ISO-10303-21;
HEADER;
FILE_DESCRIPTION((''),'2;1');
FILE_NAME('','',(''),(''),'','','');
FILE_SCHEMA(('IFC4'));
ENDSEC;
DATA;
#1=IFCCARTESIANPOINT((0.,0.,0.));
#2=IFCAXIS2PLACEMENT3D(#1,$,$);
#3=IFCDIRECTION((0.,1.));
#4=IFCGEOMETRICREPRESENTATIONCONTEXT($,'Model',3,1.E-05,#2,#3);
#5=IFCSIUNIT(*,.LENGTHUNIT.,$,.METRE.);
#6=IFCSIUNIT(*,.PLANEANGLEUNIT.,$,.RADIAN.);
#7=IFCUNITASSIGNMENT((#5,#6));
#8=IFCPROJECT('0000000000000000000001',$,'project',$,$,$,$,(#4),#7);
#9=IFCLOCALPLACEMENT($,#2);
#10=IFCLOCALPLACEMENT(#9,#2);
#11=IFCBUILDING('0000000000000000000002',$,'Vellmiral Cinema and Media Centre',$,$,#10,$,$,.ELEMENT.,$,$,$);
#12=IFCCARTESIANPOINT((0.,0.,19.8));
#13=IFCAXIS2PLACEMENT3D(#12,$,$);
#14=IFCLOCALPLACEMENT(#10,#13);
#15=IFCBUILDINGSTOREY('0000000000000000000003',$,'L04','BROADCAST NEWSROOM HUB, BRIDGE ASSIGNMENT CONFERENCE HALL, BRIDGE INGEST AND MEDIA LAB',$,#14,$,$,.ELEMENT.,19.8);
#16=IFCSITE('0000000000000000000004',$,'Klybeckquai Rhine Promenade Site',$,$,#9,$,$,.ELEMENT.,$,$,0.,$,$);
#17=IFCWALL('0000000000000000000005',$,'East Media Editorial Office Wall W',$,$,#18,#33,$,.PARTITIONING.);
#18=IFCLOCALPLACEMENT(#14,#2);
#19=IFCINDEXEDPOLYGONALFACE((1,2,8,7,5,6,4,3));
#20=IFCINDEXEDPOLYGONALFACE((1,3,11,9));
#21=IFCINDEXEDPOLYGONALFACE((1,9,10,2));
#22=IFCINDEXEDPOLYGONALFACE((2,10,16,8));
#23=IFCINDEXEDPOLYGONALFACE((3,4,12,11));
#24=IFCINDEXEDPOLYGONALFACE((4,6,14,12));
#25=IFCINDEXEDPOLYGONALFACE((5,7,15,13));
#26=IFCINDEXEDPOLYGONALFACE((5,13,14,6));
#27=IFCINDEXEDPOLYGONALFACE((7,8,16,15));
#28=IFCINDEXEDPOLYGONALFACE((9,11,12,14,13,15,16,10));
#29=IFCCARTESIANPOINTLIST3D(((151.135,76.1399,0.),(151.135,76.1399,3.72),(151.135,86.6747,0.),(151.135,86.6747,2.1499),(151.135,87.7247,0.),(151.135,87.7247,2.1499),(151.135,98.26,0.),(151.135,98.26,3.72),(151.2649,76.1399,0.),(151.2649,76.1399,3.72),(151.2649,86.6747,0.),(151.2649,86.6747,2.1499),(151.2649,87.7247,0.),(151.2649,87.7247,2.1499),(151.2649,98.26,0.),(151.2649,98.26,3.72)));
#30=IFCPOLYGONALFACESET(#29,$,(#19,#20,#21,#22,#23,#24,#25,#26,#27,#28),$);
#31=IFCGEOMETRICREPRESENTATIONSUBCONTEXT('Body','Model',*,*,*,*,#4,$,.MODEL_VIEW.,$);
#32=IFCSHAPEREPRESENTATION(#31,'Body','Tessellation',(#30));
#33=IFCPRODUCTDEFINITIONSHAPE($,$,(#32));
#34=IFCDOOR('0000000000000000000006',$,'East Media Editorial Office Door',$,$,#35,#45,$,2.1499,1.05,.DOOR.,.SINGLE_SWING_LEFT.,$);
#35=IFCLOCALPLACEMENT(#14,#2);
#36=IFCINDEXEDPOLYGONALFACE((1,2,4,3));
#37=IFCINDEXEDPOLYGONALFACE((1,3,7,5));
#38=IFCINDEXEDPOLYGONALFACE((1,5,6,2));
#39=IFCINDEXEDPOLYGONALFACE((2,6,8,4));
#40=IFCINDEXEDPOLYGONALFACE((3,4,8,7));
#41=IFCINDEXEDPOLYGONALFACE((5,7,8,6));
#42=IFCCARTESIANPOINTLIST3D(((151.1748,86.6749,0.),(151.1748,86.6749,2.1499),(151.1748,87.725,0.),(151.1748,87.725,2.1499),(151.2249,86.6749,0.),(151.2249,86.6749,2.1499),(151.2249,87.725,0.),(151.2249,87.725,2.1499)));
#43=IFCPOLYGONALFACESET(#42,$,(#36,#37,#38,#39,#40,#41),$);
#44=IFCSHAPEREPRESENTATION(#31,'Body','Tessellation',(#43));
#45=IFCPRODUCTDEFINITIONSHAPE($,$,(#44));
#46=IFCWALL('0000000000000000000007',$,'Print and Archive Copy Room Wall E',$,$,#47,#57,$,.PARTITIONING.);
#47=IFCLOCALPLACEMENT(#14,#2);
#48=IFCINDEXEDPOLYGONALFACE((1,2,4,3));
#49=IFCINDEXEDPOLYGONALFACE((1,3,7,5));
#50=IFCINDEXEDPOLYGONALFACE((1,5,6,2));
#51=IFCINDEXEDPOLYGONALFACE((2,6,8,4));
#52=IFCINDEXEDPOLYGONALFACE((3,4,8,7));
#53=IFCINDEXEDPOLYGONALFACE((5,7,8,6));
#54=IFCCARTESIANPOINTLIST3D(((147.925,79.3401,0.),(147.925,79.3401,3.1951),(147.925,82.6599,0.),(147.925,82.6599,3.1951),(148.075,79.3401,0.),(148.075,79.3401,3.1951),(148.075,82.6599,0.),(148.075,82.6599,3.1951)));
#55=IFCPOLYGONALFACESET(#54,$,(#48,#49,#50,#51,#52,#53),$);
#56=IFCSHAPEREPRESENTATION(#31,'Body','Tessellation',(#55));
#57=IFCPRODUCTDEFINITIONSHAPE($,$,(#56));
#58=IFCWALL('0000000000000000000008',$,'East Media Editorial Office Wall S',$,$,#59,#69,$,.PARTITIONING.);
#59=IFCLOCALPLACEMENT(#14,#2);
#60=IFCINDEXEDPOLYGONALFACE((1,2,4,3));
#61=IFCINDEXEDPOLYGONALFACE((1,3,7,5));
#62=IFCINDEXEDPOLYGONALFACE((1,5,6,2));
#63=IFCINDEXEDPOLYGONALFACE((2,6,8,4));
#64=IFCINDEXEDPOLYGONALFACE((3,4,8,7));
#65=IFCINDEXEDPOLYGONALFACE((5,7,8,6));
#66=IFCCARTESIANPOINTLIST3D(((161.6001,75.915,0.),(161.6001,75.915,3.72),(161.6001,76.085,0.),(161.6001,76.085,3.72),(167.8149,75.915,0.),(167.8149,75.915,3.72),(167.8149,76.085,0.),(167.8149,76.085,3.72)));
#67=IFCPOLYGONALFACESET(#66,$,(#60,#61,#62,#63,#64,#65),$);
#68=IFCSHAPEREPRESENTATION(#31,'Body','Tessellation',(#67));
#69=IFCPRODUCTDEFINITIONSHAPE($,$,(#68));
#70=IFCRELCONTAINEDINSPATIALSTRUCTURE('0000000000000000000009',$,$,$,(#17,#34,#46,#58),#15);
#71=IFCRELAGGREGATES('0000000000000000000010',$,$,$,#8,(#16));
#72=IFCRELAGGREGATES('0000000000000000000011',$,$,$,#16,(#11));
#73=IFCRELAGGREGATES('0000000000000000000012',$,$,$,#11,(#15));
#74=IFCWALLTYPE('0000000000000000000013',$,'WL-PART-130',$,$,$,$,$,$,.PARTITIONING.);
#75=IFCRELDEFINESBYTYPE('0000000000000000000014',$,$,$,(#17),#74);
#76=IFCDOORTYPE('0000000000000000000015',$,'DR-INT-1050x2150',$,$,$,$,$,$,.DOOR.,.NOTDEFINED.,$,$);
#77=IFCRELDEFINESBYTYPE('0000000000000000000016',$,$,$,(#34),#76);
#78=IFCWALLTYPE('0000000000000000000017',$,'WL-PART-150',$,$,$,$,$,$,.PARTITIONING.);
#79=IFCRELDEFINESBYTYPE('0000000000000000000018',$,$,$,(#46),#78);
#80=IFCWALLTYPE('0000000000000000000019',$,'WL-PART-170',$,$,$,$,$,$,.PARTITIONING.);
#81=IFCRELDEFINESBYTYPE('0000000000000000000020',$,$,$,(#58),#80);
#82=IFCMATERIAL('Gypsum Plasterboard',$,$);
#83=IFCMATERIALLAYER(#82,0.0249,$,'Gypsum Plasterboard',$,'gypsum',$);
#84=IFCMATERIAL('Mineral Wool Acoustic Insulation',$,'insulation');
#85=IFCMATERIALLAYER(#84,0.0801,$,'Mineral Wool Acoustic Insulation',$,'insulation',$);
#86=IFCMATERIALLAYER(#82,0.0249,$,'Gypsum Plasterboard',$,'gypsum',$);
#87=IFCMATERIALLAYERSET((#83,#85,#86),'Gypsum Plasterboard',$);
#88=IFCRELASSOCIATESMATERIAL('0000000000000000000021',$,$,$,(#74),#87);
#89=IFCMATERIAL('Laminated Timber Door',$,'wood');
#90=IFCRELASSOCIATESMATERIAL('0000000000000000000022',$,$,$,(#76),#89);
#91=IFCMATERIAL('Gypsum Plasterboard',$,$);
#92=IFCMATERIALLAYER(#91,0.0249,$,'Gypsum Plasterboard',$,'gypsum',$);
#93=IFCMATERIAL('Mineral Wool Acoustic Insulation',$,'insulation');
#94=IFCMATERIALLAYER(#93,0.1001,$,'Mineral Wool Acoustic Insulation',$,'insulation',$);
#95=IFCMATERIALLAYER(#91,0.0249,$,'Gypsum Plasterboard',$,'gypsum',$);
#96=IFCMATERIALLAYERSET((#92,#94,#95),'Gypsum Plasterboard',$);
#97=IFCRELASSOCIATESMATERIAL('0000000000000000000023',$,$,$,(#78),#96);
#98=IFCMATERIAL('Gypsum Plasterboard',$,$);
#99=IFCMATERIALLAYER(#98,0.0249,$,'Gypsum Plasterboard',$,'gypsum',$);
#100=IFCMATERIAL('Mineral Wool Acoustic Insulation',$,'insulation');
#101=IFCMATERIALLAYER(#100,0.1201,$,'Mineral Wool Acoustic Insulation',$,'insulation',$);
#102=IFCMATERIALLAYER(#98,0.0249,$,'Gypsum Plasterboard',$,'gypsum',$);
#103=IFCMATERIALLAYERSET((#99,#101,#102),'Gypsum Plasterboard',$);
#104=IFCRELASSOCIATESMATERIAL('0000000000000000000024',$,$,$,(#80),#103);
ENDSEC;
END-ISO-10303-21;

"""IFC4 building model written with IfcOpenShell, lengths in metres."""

from ifc_helpers import new_model, si_unit, direction, frame, frame_2d, origin, place, context, subcontext, project, spatial, rectangle, extrude, material, layer, layer_set, type_object, element, fill, save


model = new_model("IFC4")

# Units and contexts
model_context = context("Model", 3, precision=1e-05, world=origin(), true_north=direction((0.0, 1.0)))
body_context = subcontext(model_context, "Body", "Model", "MODEL_VIEW")
ifc_project = project(units=[si_unit("LENGTHUNIT", "METRE"), si_unit("PLANEANGLEUNIT", "RADIAN")], contexts=[model_context])

# Site, building, storey
site_placement = place(None, origin())
site = spatial("IfcSite", under=ifc_project, at=site_placement, Name="Klybeckquai Rhine Promenade Site", CompositionType="ELEMENT", RefElevation=0.0)
building_placement = place(site_placement, origin())
building = spatial("IfcBuilding", under=site, at=building_placement, Name="Vellmiral Cinema and Media Centre", CompositionType="ELEMENT")
storey_placement = place(building_placement, frame((0.0, 0.0, 19.8)))
storey = spatial("IfcBuildingStorey", under=building, at=storey_placement, Name="L04", Description="BROADCAST NEWSROOM HUB, BRIDGE ASSIGNMENT CONFERENCE HALL, BRIDGE INGEST AND MEDIA LAB", CompositionType="ELEMENT", Elevation=19.8)

# Wall, opening, door
ifc_material_1 = material(Name="Gypsum Plasterboard")
ifc_layer_1 = layer(ifc_material_1, 0.0249, Name="Gypsum Plasterboard", Category="gypsum")
ifc_material_2 = material(Name="Mineral Wool Acoustic Insulation", Category="insulation")
ifc_layer_2 = layer(ifc_material_2, 0.0801, Name="Mineral Wool Acoustic Insulation", Category="insulation")
ifc_layer_3 = layer(ifc_material_1, 0.0249, Name="Gypsum Plasterboard", Category="gypsum")
ifc_layer_set_1 = layer_set([ifc_layer_1, ifc_layer_2, ifc_layer_3], Name="Gypsum Plasterboard")
wall_type_1 = type_object("IfcWallType", Name="WL-PART-130", PredefinedType="PARTITIONING", material=ifc_layer_set_1)
wall_1_placement = place(storey_placement, frame((151.2, 76.1399, 0.0), z_axis=(0.0, 0.0, 1.0), x_axis=(0.0, 1.0, 0.0)))
wall_1 = element("IfcWall", 1, at=wall_1_placement, inside=storey, type_object=wall_type_1, Name="East Media Editorial Office Wall W", PredefinedType="PARTITIONING", context=body_context, shape_type="SweptSolid", body=[
    extrude(rectangle(XDim=22.1201, YDim=0.1299, at=frame_2d((11.0601, 0.0))), origin(), (0.0, 0.0, 1.0), 3.72),
])
opening_1_placement = place(wall_1_placement, frame((10.5349, 0.0, 0.0)))
opening_1 = element("IfcOpeningElement", 2, at=opening_1_placement, cuts=wall_1, PredefinedType="OPENING", context=body_context, shape_type="SweptSolid", body=[
    extrude(rectangle(XDim=1.05, YDim=2.1499, at=frame_2d((0.5249, 1.075))), frame((0.0, 0.0769, 0.0), z_axis=(0.0, -1.0, 0.0), x_axis=(1.0, 0.0, 0.0)), (0.0, 0.0, 1.0), 0.1538),
])
ifc_material_3 = material(Name="Laminated Timber Door", Category="wood")
door_type_1 = type_object("IfcDoorType", Name="DR-INT-1050x2150", OperationType="NOTDEFINED", PredefinedType="DOOR", material=ifc_material_3)
door_1_placement = place(opening_1_placement, frame((1.05, 0.0, 0.0), z_axis=(0.0, 0.0, 1.0), x_axis=(-1.0, 0.0, 0.0)))
door_1 = element("IfcDoor", 3, at=door_1_placement, inside=storey, type_object=door_type_1, Name="East Media Editorial Office Door", OperationType="SINGLE_SWING_LEFT", OverallHeight=2.1499, OverallWidth=1.05, PredefinedType="DOOR", context=body_context, shape_type="SweptSolid", body=[
    extrude(rectangle(XDim=1.05, YDim=2.1499, at=frame_2d((0.5249, 1.075))), frame((0.0, 0.0249, 0.0), z_axis=(0.0, -1.0, 0.0), x_axis=(1.0, 0.0, 0.0)), (0.0, 0.0, 1.0), 0.05),
])
fill(opening_1, door_1)

# Walls
ifc_material_4 = material(Name="Gypsum Plasterboard")
ifc_layer_4 = layer(ifc_material_4, 0.0249, Name="Gypsum Plasterboard", Category="gypsum")
ifc_material_5 = material(Name="Mineral Wool Acoustic Insulation", Category="insulation")
ifc_layer_5 = layer(ifc_material_5, 0.1001, Name="Mineral Wool Acoustic Insulation", Category="insulation")
ifc_layer_6 = layer(ifc_material_4, 0.0249, Name="Gypsum Plasterboard", Category="gypsum")
ifc_layer_set_2 = layer_set([ifc_layer_4, ifc_layer_5, ifc_layer_6], Name="Gypsum Plasterboard")
wall_type_2 = type_object("IfcWallType", Name="WL-PART-150", PredefinedType="PARTITIONING", material=ifc_layer_set_2)
wall_2_placement = place(storey_placement, frame((148.0, 79.3401, 0.0), z_axis=(0.0, 0.0, 1.0), x_axis=(0.0, 1.0, 0.0)))
element("IfcWall", 4, at=wall_2_placement, inside=storey, type_object=wall_type_2, Name="Print and Archive Copy Room Wall E", PredefinedType="PARTITIONING", context=body_context, shape_type="SweptSolid", body=[
    extrude(rectangle(XDim=3.3198, YDim=0.1499, at=frame_2d((1.6599, 0.0))), origin(), (0.0, 0.0, 1.0), 3.1951),
])
ifc_material_6 = material(Name="Gypsum Plasterboard")
ifc_layer_7 = layer(ifc_material_6, 0.0249, Name="Gypsum Plasterboard", Category="gypsum")
ifc_material_7 = material(Name="Mineral Wool Acoustic Insulation", Category="insulation")
ifc_layer_8 = layer(ifc_material_7, 0.1201, Name="Mineral Wool Acoustic Insulation", Category="insulation")
ifc_layer_9 = layer(ifc_material_6, 0.0249, Name="Gypsum Plasterboard", Category="gypsum")
ifc_layer_set_3 = layer_set([ifc_layer_7, ifc_layer_8, ifc_layer_9], Name="Gypsum Plasterboard")
wall_type_3 = type_object("IfcWallType", Name="WL-PART-170", PredefinedType="PARTITIONING", material=ifc_layer_set_3)
wall_3_placement = place(storey_placement, frame((161.6001, 76.0, 0.0), z_axis=(0.0, 0.0, 1.0), x_axis=(1.0, 0.0, 0.0)))
element("IfcWall", 5, at=wall_3_placement, inside=storey, type_object=wall_type_3, Name="East Media Editorial Office Wall S", PredefinedType="PARTITIONING", context=body_context, shape_type="SweptSolid", body=[
    extrude(rectangle(XDim=6.2148, YDim=0.1699, at=frame_2d((3.1074, 0.0))), origin(), (0.0, 0.0, 1.0), 3.72),
])

save(model, "model.ifc")
